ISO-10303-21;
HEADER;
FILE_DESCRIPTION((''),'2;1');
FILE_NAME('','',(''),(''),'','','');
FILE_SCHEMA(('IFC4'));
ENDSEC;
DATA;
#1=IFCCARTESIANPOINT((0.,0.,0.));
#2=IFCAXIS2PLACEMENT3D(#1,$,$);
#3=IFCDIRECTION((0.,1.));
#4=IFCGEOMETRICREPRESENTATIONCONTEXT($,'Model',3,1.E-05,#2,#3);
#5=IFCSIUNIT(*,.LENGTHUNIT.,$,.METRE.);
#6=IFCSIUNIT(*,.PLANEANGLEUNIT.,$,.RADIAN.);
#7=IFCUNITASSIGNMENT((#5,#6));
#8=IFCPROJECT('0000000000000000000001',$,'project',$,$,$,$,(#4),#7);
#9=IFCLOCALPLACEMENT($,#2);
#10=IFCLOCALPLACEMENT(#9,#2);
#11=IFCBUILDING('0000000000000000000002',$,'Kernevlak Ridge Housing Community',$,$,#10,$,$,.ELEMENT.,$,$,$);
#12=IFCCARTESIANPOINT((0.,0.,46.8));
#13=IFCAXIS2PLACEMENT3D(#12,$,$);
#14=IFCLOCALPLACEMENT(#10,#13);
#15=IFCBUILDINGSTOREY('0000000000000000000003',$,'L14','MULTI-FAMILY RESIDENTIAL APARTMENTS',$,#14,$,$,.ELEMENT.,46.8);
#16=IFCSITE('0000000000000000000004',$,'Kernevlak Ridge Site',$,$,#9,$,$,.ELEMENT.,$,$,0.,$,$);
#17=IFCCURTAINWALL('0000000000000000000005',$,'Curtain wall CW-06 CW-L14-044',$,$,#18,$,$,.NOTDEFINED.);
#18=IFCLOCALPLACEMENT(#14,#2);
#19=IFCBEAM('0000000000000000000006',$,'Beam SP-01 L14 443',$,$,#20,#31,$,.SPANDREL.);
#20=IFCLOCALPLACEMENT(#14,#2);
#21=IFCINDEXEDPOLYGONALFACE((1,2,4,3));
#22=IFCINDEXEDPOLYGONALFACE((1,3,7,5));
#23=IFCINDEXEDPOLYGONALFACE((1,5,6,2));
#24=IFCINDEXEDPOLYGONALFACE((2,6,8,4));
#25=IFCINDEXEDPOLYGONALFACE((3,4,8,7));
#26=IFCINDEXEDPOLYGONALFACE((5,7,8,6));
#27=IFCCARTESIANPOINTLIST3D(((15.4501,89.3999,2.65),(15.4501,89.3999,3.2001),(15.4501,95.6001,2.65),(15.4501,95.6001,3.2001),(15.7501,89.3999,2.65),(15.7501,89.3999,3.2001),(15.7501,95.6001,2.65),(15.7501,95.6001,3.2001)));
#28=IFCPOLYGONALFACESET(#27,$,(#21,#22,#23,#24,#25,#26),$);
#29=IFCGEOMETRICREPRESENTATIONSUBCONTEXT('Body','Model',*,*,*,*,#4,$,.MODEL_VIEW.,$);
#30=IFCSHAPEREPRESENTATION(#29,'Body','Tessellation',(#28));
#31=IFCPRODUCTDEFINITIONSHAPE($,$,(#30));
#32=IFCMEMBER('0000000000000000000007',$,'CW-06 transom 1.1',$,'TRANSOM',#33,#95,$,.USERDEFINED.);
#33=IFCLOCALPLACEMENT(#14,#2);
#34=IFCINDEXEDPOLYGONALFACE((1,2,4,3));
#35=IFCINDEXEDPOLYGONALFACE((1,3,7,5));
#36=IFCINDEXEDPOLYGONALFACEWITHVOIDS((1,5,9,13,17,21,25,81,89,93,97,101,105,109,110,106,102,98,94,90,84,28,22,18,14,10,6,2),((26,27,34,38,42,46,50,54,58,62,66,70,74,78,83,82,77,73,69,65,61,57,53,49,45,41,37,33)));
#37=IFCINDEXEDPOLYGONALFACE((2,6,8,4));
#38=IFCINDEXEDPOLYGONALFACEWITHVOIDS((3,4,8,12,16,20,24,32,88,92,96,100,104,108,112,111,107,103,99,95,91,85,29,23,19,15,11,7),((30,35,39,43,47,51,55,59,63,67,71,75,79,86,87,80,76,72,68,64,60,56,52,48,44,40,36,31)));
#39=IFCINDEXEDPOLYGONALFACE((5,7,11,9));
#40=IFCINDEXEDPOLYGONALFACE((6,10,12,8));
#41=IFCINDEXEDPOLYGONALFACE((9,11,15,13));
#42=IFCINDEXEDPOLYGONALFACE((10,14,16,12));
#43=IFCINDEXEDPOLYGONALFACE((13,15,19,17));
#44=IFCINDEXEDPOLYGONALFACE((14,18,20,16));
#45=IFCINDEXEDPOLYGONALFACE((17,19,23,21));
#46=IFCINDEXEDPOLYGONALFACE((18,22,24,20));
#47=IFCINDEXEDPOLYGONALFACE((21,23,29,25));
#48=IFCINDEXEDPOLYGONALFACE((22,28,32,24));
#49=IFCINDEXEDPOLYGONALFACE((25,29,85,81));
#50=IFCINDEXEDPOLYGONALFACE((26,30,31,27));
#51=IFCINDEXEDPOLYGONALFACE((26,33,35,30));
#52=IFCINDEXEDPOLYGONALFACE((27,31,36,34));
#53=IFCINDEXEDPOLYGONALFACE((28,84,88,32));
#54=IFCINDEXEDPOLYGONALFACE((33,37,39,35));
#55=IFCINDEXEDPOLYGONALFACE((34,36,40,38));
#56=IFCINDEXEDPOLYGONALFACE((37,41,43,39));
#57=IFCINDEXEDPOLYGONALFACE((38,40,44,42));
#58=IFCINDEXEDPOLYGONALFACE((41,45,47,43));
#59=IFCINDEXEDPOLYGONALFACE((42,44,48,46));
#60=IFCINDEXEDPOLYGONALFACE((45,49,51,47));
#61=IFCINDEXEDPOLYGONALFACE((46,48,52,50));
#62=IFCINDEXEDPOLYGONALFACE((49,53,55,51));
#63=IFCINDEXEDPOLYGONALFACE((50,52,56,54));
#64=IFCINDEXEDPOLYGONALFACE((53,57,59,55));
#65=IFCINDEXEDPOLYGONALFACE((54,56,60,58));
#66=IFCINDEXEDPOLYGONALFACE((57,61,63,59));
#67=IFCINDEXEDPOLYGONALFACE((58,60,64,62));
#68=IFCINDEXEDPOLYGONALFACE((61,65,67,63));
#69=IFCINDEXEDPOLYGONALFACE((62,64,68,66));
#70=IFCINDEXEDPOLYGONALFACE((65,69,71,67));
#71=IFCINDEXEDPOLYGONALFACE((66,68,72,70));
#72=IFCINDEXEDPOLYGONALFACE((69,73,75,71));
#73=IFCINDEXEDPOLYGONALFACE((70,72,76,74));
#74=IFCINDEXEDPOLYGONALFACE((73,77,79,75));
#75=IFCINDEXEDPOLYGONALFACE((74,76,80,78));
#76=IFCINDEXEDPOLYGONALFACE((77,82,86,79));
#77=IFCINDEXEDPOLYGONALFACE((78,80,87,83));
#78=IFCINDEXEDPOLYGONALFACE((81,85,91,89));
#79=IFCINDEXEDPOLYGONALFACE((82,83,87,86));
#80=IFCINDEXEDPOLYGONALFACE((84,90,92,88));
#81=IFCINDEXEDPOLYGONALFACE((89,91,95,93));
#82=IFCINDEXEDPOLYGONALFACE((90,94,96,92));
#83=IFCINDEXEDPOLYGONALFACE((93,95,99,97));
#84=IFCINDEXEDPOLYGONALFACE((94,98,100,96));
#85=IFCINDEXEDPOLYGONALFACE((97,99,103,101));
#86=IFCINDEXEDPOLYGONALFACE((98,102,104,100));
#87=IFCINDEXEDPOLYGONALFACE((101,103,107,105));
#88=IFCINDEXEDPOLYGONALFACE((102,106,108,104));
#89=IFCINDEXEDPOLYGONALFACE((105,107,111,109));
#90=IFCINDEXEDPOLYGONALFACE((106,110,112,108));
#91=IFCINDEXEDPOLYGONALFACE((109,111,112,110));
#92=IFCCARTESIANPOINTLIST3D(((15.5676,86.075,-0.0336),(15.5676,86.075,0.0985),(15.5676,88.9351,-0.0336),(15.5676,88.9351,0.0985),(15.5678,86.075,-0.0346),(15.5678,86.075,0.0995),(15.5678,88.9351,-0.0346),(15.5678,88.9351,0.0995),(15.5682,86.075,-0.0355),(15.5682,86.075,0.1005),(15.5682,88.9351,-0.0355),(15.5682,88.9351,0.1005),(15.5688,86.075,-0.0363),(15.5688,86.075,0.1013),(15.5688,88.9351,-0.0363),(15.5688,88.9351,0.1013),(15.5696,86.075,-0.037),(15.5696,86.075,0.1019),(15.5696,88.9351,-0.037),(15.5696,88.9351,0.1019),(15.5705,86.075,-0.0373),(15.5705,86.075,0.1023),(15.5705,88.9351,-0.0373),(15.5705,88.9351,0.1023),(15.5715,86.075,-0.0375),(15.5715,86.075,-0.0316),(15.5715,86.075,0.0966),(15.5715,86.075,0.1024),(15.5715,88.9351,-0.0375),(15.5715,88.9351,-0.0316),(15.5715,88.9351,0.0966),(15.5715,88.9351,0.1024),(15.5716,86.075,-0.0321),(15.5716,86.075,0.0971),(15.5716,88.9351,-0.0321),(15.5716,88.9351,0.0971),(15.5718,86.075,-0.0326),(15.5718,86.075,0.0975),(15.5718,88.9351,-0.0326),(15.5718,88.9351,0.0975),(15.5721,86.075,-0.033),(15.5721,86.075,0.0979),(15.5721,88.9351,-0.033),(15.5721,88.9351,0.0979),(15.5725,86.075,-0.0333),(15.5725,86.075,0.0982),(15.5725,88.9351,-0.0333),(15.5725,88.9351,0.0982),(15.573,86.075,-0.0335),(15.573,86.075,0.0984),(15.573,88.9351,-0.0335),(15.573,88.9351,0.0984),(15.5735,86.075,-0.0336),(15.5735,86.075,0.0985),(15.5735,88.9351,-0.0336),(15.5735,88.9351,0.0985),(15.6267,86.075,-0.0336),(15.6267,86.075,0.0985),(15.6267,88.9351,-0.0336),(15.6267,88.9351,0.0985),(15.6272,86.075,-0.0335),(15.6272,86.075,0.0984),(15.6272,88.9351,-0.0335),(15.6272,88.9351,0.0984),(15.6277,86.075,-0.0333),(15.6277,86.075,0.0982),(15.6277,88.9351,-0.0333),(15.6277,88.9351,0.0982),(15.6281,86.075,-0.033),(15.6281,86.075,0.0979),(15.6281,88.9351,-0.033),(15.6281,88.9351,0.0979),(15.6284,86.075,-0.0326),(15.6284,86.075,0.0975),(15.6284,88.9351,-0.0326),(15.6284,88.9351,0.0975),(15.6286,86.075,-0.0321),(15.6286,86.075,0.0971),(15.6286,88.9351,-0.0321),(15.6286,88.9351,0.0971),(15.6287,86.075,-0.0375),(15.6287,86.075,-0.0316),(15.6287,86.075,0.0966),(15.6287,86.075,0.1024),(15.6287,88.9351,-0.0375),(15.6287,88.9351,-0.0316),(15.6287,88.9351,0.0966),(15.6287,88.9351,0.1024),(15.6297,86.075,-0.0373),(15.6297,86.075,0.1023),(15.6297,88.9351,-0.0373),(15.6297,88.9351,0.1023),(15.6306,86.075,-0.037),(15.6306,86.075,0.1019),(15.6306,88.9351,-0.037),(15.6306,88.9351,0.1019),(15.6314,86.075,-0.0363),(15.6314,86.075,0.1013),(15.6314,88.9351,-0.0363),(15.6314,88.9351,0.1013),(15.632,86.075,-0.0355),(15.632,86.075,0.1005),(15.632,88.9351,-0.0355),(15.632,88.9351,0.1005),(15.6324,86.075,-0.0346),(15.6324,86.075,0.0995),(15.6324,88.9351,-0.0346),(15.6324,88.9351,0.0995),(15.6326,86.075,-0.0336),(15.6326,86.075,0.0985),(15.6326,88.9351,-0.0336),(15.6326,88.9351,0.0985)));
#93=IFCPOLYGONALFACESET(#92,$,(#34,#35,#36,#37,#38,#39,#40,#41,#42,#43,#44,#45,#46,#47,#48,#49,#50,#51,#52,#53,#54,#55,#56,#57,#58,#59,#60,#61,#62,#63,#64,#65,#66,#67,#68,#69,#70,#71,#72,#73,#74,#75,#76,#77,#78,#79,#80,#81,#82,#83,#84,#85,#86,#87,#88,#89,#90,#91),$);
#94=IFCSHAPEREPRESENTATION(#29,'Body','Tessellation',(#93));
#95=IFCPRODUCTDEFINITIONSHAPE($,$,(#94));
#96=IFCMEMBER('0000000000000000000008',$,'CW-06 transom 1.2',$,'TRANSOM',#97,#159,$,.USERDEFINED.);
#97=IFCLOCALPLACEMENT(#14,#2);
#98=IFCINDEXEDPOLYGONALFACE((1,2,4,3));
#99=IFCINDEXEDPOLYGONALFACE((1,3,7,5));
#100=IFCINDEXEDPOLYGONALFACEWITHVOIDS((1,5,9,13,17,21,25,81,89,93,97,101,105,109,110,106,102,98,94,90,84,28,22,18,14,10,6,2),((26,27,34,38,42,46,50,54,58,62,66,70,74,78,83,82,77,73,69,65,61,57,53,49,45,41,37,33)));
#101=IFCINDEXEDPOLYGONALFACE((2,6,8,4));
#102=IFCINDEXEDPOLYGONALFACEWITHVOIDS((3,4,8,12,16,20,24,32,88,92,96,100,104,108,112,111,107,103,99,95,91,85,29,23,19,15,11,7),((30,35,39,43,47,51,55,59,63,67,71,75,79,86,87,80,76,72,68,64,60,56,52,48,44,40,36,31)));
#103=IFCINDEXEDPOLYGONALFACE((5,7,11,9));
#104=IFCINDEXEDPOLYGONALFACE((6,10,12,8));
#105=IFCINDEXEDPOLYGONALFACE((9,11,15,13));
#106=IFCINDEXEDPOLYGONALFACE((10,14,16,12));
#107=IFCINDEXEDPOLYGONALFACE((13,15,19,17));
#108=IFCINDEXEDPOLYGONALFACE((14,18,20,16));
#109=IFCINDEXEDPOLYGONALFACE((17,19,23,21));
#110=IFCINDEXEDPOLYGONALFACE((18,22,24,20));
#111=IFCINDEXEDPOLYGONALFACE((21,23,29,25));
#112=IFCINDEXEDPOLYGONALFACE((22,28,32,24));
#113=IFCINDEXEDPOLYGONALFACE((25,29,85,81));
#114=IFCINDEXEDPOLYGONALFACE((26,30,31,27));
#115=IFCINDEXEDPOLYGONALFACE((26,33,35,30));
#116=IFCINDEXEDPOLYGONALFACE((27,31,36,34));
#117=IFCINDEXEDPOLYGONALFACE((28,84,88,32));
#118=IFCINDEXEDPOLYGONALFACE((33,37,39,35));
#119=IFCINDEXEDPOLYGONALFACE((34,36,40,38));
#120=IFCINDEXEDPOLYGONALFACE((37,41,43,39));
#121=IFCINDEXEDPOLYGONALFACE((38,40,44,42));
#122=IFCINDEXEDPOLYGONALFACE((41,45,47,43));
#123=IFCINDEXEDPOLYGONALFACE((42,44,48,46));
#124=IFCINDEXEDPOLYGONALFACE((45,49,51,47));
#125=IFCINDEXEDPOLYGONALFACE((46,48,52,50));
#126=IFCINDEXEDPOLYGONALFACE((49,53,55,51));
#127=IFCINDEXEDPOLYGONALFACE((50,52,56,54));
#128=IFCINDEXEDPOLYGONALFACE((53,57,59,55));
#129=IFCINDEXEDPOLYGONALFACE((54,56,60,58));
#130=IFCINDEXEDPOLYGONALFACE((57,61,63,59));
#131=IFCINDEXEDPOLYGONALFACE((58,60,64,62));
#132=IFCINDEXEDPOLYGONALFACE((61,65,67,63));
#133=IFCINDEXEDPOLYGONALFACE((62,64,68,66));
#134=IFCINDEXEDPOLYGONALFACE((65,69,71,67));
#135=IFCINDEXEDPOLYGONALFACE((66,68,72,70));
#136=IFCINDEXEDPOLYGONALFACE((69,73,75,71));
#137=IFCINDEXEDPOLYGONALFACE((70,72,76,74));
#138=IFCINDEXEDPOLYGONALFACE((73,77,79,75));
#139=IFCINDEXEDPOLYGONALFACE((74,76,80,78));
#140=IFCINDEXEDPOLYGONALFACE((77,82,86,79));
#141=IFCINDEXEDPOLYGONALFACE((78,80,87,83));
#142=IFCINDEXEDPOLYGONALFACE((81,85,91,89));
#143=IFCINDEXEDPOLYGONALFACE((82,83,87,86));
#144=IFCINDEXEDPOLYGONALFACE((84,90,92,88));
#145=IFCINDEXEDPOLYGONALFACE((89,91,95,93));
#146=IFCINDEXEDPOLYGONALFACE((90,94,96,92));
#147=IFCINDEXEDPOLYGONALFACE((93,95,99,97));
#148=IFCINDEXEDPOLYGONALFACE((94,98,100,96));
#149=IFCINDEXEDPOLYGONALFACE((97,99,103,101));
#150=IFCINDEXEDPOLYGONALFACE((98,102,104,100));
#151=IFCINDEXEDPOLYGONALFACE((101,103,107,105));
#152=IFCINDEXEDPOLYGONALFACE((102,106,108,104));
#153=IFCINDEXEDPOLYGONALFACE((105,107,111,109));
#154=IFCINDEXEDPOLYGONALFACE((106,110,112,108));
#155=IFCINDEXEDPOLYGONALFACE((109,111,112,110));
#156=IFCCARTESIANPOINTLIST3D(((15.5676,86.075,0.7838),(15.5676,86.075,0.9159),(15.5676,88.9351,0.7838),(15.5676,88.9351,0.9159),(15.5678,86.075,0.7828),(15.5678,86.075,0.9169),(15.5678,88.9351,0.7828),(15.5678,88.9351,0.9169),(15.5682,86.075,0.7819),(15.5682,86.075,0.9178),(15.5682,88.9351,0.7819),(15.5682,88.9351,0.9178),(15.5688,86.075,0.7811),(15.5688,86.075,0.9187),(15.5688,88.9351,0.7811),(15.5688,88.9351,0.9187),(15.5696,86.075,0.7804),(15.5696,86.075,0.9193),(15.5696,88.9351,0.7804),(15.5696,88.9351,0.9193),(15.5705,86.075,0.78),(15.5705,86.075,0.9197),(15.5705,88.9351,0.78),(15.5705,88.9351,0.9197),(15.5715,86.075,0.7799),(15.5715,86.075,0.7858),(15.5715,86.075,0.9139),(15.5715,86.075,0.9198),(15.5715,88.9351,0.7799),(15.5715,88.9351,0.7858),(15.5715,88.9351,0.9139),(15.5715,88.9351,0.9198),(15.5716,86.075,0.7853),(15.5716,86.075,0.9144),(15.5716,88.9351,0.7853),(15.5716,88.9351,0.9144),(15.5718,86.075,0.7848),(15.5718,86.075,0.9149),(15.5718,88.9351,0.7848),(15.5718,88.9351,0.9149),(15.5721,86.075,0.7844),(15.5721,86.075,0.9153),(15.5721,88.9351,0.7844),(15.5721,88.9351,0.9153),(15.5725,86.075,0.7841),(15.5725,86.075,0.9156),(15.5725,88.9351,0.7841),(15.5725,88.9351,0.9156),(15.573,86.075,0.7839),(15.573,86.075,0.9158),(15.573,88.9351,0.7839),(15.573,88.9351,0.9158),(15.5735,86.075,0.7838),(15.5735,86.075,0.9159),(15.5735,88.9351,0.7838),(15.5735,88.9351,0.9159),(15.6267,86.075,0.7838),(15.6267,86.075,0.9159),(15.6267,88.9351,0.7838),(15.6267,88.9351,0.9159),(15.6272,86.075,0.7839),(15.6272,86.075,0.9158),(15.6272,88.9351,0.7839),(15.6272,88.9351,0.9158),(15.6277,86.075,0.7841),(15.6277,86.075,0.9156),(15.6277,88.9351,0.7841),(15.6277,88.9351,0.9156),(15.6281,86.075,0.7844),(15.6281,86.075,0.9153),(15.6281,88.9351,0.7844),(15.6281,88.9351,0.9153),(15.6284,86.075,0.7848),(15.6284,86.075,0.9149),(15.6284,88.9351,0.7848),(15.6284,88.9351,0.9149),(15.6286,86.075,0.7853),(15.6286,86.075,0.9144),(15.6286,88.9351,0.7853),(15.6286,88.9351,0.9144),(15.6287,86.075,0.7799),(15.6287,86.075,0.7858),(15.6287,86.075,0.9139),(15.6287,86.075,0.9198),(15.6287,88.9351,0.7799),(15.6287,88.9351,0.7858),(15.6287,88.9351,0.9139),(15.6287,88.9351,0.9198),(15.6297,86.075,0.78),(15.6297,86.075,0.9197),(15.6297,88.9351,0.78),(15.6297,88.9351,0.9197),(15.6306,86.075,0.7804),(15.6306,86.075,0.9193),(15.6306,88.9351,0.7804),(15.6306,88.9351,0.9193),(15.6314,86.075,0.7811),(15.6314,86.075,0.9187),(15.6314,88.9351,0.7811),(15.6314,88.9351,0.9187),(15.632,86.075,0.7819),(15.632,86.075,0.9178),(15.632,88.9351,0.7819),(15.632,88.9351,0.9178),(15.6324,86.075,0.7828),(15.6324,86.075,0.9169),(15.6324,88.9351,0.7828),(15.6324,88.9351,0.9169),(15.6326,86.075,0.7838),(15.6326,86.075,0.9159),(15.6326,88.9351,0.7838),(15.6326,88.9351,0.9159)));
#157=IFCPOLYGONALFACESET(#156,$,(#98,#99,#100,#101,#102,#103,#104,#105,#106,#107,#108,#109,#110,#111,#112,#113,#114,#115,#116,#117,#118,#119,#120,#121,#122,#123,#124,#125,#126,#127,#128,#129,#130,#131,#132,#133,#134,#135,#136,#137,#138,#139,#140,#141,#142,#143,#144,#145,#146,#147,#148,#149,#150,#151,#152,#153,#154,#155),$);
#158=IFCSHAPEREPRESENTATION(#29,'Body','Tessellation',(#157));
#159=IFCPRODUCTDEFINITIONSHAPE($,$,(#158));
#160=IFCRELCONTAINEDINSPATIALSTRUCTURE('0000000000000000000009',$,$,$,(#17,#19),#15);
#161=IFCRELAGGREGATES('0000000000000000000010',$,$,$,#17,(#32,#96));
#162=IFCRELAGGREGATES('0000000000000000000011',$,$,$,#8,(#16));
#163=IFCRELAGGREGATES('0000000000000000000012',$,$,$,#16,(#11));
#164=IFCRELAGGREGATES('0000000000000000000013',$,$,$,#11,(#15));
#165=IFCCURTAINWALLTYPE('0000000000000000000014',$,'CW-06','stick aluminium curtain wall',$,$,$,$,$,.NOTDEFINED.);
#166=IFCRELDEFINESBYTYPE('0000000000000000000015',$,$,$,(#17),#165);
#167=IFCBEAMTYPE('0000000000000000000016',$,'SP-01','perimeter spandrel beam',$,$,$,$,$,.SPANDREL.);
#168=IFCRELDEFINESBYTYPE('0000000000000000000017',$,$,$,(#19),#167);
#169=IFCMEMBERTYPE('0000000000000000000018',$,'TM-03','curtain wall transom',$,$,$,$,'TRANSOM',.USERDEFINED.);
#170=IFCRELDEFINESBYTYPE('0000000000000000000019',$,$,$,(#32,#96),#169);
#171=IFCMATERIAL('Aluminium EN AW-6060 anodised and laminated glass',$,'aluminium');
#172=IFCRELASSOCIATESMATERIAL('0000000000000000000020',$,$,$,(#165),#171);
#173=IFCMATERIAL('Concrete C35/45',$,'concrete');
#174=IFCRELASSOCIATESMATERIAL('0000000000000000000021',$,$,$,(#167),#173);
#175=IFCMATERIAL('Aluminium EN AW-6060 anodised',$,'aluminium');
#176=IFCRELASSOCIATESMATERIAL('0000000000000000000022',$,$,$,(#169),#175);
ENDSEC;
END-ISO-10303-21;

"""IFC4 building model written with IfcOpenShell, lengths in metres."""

from ifc_helpers import new_model, si_unit, direction, frame, origin, origin_2d, place, context, subcontext, project, spatial, rectangle, hollow_rectangle, extrude, material, material_profile, profile_set, type_object, element, aggregate, save


model = new_model("IFC4")

# Units and contexts
model_context = context("Model", 3, precision=1e-05, world=origin(), true_north=direction((0.0, 1.0)))
body_context = subcontext(model_context, "Body", "Model", "MODEL_VIEW")
ifc_project = project(units=[si_unit("LENGTHUNIT", "METRE"), si_unit("PLANEANGLEUNIT", "RADIAN")], contexts=[model_context])

# Site, building, storey
site_placement = place(None, origin())
site = spatial("IfcSite", under=ifc_project, at=site_placement, Name="Kernevlak Ridge Site", CompositionType="ELEMENT", RefElevation=0.0)
building_placement = place(site_placement, origin())
building = spatial("IfcBuilding", under=site, at=building_placement, Name="Kernevlak Ridge Housing Community", CompositionType="ELEMENT")
storey_placement = place(building_placement, frame((0.0, 0.0, 46.8)))
storey = spatial("IfcBuildingStorey", under=building, at=storey_placement, Name="L14", Description="MULTI-FAMILY RESIDENTIAL APARTMENTS", CompositionType="ELEMENT", Elevation=46.8)

# Shared definitions
ifc_material_1 = material(Name="Concrete C35/45", Category="concrete")

# Curtain wall
ifc_material_2 = material(Name="Aluminium EN AW-6060 anodised and laminated glass", Category="aluminium")
curtain_wall_type = type_object("IfcCurtainWallType", Name="CW-06", Description="stick aluminium curtain wall", PredefinedType="NOTDEFINED", material=ifc_material_2)
curtain_wall_placement = place(storey_placement, origin())
curtain_wall = element("IfcCurtainWall", 1, at=curtain_wall_placement, inside=storey, type_object=curtain_wall_type, Name="Curtain wall CW-06 CW-L14-044", PredefinedType="NOTDEFINED")
ifc_material_3 = material(Name="Aluminium EN AW-6060 anodised", Category="aluminium")

# Beam
ifc_material_profile_1 = material_profile(ifc_material_1, rectangle(XDim=0.3, YDim=0.55, at=origin_2d()), Name="RC 300x550")
ifc_profile_set_1 = profile_set([ifc_material_profile_1], Name="Concrete C35/45")
beam_type_1 = type_object("IfcBeamType", Name="SP-01", Description="perimeter spandrel beam", PredefinedType="SPANDREL", material=ifc_profile_set_1)
beam_1_placement = place(storey_placement, frame((15.6001, 89.3999, 2.925), z_axis=(0.0, 1.0, 0.0), x_axis=(-1.0, 0.0, 0.0)))
element("IfcBeam", 2, at=beam_1_placement, inside=storey, type_object=beam_type_1, Name="Beam SP-01 L14 443", PredefinedType="SPANDREL", context=body_context, shape_type="SweptSolid", body=[
    extrude(rectangle(XDim=0.3, YDim=0.55, at=origin_2d()), origin(), (0.0, 0.0, 1.0), 6.2002),
])

# Members
ifc_material_profile_2 = material_profile(ifc_material_3, hollow_rectangle(XDim=0.0649, YDim=0.1399, WallThickness=0.0039, InnerFilletRadius=0.002, OuterFilletRadius=0.0039, at=origin_2d()), Name="ALU 65x140x4")
ifc_profile_set_2 = profile_set([ifc_material_profile_2], Name="Aluminium EN AW-6060 anodised")
member_type_1 = type_object("IfcMemberType", Name="TM-03", Description="curtain wall transom", ElementType="TRANSOM", PredefinedType="USERDEFINED", material=ifc_profile_set_2)
member_1_placement = place(storey_placement, frame((15.6001, 86.075, 0.0325), z_axis=(0.0, 1.0, 0.0), x_axis=(-1.0, 0.0, 0.0)))
member_1 = element("IfcMember", 3, at=member_1_placement, type_object=member_type_1, Name="CW-06 transom 1.1", ObjectType="TRANSOM", PredefinedType="USERDEFINED", context=body_context, shape_type="SweptSolid", body=[
    extrude(hollow_rectangle(XDim=0.0649, YDim=0.1399, WallThickness=0.0039, InnerFilletRadius=0.002, OuterFilletRadius=0.0039, at=origin_2d()), origin(), (0.0, 0.0, 1.0), 2.8601),
])
member_2_placement = place(storey_placement, frame((15.6001, 86.075, 0.8499), z_axis=(0.0, 1.0, 0.0), x_axis=(-1.0, 0.0, 0.0)))
member_2 = element("IfcMember", 4, at=member_2_placement, type_object=member_type_1, Name="CW-06 transom 1.2", ObjectType="TRANSOM", PredefinedType="USERDEFINED", context=body_context, shape_type="SweptSolid", body=[
    extrude(hollow_rectangle(XDim=0.0649, YDim=0.1399, WallThickness=0.0039, InnerFilletRadius=0.002, OuterFilletRadius=0.0039, at=origin_2d()), origin(), (0.0, 0.0, 1.0), 2.8601),
])

aggregate(curtain_wall, [member_1, member_2])

save(model, "model.ifc")
